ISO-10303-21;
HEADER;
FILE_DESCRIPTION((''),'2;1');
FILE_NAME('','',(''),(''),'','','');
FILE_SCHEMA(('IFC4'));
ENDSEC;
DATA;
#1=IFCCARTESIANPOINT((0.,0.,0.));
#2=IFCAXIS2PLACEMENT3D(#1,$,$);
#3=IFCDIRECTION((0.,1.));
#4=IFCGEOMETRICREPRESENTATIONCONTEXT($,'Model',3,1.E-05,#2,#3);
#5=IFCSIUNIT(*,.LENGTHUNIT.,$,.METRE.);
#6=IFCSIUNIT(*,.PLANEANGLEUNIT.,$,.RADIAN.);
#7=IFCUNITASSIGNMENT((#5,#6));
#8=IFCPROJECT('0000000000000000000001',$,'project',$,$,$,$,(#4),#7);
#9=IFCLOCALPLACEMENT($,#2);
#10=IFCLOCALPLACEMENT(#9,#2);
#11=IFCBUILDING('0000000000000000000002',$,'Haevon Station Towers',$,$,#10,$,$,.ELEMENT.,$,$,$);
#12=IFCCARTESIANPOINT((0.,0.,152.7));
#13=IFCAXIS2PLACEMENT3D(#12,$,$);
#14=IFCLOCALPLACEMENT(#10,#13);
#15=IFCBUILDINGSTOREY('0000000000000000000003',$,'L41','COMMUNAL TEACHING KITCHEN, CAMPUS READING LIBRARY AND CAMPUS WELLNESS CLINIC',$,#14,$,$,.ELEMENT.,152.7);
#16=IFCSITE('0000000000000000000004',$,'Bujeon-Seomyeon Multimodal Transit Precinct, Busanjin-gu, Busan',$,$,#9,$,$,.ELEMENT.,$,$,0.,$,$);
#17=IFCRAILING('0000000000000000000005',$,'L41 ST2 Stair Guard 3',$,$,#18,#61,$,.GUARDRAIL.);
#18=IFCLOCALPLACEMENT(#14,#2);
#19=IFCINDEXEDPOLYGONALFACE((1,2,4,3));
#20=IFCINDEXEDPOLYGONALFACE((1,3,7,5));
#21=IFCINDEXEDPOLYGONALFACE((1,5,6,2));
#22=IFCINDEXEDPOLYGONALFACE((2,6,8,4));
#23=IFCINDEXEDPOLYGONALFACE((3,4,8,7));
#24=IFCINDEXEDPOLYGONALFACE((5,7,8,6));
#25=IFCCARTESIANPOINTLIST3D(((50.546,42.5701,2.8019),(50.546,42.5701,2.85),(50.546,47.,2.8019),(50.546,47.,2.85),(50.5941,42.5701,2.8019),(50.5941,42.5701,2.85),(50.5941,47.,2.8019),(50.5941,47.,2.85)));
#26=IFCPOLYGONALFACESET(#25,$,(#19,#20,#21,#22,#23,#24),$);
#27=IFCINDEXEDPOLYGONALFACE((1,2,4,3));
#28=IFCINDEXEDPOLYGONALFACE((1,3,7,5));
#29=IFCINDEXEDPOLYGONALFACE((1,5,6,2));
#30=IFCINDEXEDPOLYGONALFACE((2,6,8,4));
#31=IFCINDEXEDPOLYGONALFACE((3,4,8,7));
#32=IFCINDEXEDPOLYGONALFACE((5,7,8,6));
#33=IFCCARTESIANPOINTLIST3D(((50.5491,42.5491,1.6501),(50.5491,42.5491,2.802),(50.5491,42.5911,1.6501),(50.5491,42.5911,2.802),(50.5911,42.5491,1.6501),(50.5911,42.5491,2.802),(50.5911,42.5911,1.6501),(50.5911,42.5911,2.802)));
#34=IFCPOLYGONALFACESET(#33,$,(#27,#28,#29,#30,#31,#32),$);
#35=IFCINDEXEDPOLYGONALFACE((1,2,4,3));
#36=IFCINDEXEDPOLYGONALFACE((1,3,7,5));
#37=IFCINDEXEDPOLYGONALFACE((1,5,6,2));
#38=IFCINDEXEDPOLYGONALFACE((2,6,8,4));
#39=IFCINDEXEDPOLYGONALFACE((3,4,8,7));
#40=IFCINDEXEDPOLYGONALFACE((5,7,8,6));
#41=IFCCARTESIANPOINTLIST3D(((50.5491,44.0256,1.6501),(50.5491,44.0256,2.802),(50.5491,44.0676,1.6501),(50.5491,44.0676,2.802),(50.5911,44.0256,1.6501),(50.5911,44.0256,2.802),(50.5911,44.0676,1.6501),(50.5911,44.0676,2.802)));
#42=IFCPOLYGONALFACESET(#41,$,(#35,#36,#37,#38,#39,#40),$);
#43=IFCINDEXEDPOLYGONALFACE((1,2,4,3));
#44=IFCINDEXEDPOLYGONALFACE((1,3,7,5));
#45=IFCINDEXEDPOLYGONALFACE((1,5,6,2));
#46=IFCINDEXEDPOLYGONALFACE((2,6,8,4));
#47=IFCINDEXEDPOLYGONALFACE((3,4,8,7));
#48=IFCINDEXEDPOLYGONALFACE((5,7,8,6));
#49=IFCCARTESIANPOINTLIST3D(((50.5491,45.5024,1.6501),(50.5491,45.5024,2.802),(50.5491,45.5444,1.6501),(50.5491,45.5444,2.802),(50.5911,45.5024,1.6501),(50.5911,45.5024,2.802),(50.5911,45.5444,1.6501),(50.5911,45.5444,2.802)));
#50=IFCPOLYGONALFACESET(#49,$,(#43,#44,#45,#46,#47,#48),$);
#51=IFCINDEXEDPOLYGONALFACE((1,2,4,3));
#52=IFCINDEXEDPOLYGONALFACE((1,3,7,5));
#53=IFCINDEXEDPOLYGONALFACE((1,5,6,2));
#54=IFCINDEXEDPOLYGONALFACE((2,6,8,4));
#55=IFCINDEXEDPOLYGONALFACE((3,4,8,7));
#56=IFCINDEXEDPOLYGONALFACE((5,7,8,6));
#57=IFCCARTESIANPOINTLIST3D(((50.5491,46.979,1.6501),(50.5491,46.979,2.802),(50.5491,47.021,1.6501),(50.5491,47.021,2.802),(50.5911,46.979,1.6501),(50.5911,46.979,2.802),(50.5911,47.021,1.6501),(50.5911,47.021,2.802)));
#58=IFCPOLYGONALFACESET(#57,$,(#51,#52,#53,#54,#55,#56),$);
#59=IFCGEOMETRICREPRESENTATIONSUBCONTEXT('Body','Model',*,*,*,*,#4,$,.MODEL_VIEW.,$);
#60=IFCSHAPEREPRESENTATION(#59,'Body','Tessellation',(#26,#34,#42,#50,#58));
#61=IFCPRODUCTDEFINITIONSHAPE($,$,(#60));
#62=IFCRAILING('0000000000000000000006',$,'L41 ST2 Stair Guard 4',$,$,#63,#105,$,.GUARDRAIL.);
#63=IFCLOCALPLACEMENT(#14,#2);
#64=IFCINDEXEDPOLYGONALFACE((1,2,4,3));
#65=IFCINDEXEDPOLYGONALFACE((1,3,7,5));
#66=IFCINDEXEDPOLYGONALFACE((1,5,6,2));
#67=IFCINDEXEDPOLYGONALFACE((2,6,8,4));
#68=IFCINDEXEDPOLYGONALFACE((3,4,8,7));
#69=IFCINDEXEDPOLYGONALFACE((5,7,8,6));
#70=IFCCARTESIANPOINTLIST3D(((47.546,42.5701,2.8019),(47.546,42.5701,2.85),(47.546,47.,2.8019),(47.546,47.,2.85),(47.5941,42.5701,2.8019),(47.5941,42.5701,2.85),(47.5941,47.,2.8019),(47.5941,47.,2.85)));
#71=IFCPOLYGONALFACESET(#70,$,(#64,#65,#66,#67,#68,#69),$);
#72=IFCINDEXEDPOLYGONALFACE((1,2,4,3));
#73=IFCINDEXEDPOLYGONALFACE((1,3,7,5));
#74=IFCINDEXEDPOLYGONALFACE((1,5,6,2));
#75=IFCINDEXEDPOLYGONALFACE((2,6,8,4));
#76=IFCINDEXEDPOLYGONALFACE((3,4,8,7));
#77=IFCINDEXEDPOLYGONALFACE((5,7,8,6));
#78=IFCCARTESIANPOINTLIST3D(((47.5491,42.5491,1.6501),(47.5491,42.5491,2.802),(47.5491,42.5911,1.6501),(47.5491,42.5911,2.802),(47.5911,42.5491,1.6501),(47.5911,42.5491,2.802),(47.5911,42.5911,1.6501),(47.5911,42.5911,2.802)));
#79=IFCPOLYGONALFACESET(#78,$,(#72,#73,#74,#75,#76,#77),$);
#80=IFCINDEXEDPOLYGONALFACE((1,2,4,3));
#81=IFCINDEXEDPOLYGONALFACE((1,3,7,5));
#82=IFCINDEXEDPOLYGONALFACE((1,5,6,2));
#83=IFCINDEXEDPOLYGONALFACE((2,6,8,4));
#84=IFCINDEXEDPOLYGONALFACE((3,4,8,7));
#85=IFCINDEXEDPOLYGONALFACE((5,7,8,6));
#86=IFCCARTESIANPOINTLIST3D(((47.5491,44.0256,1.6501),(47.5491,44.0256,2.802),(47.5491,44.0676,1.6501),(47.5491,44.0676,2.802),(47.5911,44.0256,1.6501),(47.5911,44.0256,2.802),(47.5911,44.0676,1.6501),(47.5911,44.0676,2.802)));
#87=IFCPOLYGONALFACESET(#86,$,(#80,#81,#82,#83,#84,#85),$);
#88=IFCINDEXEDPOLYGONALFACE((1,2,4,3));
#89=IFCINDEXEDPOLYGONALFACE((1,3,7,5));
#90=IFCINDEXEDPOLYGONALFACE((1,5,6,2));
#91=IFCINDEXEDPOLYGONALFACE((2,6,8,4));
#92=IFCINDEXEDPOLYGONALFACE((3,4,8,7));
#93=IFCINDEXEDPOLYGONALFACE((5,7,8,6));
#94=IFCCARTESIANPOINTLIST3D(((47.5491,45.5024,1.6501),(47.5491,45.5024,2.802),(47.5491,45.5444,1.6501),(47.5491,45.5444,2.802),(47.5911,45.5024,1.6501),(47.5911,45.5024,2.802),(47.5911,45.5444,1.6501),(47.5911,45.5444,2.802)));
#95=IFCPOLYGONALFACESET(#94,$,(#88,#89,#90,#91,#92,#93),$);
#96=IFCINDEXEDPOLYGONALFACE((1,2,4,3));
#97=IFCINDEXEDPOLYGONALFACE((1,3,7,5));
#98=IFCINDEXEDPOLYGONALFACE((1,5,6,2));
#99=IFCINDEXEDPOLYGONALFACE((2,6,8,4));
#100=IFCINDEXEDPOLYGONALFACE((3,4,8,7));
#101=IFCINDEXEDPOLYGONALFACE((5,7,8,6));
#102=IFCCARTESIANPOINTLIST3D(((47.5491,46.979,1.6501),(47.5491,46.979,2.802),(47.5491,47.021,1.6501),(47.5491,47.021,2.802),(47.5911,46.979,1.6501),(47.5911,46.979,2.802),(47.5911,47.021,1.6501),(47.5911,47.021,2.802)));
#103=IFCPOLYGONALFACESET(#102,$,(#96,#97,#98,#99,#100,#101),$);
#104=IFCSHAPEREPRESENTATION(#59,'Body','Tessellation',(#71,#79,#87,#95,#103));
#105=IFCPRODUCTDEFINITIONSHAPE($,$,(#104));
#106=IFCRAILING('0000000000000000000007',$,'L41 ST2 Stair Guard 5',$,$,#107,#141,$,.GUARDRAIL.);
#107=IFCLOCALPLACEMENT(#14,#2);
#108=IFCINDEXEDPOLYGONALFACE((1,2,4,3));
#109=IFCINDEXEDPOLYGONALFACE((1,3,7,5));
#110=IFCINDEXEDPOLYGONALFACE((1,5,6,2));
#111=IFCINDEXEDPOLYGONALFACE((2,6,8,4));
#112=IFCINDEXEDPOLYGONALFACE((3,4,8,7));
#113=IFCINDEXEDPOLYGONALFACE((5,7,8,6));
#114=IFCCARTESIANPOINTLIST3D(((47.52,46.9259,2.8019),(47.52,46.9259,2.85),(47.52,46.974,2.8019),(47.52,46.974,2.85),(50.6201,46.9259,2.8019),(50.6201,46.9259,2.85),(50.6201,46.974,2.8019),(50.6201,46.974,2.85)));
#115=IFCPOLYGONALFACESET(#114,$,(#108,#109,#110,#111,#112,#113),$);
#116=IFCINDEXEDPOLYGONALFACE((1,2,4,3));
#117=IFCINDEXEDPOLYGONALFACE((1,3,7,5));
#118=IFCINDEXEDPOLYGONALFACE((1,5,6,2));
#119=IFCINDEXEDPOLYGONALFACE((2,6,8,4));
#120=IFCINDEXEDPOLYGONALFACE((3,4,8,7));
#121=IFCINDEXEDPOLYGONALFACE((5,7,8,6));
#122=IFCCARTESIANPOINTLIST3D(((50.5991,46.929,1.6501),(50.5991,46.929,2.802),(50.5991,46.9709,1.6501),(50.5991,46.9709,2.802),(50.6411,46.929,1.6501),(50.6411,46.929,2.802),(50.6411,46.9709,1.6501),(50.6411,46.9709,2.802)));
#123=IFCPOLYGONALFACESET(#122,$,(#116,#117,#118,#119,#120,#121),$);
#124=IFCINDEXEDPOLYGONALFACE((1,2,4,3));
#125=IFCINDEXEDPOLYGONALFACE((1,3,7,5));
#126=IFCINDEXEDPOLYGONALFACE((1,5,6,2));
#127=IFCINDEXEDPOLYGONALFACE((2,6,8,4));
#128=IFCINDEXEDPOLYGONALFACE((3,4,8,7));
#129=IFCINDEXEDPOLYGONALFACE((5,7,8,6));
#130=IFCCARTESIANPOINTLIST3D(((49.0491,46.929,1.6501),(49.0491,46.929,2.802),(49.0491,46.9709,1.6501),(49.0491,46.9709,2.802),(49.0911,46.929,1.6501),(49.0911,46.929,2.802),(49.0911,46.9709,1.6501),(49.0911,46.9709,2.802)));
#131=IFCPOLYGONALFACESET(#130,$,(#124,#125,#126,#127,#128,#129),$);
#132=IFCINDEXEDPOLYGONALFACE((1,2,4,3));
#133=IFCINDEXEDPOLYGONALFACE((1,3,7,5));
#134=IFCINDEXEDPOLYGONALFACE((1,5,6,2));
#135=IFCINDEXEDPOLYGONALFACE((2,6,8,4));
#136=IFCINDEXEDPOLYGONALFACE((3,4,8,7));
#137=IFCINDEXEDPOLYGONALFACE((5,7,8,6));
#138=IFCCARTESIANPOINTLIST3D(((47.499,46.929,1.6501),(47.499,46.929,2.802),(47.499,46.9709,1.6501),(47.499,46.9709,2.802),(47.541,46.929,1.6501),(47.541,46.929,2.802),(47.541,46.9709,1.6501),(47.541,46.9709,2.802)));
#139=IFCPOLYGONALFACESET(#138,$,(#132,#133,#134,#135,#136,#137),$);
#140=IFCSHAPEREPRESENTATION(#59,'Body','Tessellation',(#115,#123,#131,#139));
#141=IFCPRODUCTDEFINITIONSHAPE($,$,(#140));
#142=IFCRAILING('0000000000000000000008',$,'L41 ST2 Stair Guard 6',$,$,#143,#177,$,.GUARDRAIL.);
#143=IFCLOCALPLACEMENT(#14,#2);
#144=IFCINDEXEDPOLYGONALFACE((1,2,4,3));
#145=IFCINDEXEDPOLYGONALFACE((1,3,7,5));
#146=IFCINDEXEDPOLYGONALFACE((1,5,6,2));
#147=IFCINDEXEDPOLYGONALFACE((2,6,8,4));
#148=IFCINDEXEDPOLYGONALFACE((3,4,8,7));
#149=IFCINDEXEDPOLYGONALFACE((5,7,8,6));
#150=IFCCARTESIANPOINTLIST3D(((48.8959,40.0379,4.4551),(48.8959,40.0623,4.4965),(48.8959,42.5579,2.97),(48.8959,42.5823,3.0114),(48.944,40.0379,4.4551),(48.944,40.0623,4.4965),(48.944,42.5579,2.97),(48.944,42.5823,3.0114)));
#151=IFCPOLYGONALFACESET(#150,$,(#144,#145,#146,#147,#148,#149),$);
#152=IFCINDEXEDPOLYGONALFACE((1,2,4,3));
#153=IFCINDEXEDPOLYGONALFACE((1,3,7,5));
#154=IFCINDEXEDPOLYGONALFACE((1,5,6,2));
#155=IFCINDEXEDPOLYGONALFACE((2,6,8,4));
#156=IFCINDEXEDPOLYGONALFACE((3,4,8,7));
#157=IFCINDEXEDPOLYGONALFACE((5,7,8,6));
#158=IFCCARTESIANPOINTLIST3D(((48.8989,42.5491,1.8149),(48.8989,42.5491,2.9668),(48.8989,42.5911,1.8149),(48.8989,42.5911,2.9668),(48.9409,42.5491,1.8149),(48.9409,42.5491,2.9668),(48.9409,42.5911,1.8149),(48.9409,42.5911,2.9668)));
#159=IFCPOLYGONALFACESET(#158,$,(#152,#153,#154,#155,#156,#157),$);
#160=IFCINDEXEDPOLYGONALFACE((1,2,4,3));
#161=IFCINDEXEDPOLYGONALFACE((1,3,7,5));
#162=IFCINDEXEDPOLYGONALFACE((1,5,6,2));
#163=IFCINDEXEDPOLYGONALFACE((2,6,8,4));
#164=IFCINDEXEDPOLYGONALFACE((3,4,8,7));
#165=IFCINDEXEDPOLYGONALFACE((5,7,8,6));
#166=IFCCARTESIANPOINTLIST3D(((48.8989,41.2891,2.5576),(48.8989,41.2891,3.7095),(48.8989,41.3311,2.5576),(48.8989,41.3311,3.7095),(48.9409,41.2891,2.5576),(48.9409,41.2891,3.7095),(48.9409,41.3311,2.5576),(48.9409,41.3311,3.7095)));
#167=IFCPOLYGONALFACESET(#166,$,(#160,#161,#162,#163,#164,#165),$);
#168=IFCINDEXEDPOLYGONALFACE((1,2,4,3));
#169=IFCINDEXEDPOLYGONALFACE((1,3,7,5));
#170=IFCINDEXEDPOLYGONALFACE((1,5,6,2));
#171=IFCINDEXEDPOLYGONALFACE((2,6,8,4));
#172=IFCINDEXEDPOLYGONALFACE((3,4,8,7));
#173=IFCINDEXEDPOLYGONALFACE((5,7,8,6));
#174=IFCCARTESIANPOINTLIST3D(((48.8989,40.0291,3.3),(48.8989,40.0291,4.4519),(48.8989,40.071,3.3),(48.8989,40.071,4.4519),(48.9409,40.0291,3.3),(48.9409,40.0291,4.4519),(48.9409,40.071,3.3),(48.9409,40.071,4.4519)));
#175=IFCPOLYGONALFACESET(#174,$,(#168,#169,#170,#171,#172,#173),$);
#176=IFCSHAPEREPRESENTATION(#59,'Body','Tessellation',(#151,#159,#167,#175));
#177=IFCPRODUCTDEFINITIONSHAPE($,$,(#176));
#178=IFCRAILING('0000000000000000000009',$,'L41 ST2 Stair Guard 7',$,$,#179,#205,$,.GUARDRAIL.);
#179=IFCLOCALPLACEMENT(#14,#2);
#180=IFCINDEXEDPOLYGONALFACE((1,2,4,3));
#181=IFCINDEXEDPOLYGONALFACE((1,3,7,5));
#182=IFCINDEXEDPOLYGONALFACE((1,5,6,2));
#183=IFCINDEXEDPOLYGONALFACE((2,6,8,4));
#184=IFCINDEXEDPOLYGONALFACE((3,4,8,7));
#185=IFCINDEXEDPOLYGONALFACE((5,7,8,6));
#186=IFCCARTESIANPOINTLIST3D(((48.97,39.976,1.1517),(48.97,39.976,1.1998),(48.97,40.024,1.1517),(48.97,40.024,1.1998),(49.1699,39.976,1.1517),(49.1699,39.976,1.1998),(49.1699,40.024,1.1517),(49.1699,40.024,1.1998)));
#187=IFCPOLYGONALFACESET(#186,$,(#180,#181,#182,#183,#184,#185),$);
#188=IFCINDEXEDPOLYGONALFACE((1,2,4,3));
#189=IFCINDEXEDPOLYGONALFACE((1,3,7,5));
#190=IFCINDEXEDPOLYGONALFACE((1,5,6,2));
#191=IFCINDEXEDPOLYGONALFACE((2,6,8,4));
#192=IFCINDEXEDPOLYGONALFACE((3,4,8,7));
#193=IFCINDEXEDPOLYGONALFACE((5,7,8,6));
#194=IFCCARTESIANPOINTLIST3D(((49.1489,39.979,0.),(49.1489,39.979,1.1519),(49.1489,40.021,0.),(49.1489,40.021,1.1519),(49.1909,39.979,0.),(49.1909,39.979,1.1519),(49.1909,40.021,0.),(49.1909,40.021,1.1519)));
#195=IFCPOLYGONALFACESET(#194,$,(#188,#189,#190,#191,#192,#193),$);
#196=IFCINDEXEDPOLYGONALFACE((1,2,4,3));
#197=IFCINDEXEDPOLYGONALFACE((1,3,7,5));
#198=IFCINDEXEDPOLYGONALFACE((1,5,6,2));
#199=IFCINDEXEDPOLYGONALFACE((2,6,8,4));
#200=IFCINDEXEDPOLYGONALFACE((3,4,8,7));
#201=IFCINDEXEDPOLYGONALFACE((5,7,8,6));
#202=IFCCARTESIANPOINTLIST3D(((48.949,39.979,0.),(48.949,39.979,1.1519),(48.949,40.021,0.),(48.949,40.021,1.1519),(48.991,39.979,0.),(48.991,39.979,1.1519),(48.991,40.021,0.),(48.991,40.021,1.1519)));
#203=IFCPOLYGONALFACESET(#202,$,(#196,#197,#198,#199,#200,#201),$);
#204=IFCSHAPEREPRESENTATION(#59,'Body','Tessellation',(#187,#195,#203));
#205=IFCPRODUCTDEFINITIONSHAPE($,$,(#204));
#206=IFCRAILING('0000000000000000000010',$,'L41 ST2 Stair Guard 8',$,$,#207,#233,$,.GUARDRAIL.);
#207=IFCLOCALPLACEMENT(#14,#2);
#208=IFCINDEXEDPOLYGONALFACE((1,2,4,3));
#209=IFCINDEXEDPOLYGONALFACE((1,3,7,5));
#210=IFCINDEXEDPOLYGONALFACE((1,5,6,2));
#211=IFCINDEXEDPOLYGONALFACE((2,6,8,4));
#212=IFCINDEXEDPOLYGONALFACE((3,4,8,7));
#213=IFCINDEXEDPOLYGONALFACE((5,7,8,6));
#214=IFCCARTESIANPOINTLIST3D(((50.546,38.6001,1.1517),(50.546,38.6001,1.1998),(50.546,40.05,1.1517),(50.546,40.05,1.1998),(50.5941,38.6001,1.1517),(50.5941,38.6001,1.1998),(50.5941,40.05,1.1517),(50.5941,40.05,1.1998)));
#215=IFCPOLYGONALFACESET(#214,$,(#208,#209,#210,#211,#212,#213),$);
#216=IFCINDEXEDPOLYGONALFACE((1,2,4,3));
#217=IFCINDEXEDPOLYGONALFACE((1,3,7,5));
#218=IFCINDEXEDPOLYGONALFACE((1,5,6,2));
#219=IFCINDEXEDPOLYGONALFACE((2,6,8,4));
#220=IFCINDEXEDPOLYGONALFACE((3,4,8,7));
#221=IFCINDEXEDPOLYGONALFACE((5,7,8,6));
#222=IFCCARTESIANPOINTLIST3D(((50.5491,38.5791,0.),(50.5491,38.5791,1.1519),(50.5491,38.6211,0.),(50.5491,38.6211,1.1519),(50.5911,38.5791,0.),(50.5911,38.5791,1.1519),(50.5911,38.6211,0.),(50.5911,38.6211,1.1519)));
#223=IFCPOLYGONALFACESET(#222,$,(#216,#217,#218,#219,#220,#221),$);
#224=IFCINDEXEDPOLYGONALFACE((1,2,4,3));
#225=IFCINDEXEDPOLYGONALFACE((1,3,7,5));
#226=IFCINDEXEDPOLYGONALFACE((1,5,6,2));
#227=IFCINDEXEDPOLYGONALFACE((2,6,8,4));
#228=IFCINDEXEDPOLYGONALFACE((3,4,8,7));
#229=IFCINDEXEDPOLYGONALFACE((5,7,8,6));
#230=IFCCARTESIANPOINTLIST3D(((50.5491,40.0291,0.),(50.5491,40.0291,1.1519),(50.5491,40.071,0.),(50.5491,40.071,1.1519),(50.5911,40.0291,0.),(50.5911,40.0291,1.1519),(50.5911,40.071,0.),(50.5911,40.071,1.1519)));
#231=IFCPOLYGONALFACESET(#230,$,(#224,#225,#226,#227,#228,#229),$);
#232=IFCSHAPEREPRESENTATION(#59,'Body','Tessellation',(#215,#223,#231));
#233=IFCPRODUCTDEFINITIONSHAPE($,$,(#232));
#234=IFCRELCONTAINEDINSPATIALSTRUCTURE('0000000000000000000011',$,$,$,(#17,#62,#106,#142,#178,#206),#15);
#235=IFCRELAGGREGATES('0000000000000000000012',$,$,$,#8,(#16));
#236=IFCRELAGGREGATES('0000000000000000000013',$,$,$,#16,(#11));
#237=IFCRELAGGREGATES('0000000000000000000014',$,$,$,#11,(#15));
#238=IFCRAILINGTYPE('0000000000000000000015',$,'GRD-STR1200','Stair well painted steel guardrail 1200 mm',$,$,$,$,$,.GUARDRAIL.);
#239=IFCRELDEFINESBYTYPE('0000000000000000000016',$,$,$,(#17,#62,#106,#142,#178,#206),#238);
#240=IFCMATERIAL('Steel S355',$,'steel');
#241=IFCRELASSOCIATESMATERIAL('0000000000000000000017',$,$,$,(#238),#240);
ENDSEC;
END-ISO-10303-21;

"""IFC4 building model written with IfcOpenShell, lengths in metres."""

from ifc_helpers import new_model, si_unit, direction, frame, origin, origin_2d, place, context, subcontext, project, spatial, rectangle, extrude, material, type_object, element, save


model = new_model("IFC4")

# Units and contexts
model_context = context("Model", 3, precision=1e-05, world=origin(), true_north=direction((0.0, 1.0)))
body_context = subcontext(model_context, "Body", "Model", "MODEL_VIEW")
ifc_project = project(units=[si_unit("LENGTHUNIT", "METRE"), si_unit("PLANEANGLEUNIT", "RADIAN")], contexts=[model_context])

# Site, building, storey
site_placement = place(None, origin())
site = spatial("IfcSite", under=ifc_project, at=site_placement, Name="Bujeon-Seomyeon Multimodal Transit Precinct, Busanjin-gu, Busan", CompositionType="ELEMENT", RefElevation=0.0)
building_placement = place(site_placement, origin())
building = spatial("IfcBuilding", under=site, at=building_placement, Name="Haevon Station Towers", CompositionType="ELEMENT")
storey_placement = place(building_placement, frame((0.0, 0.0, 152.7)))
storey = spatial("IfcBuildingStorey", under=building, at=storey_placement, Name="L41", Description="COMMUNAL TEACHING KITCHEN, CAMPUS READING LIBRARY AND CAMPUS WELLNESS CLINIC", CompositionType="ELEMENT", Elevation=152.7)

# Shared definitions
ifc_material_1 = material(Name="Steel S355", Category="steel")

# Railings
railing_type_1 = type_object("IfcRailingType", Name="GRD-STR1200", Description="Stair well painted steel guardrail 1200 mm", PredefinedType="GUARDRAIL", material=ifc_material_1)
for number, where, name in (
    (1, (50.5701, 42.5701, 1.6501), "L41 ST2 Stair Guard 3"),
    (2, (47.5701, 42.5701, 1.6501), "L41 ST2 Stair Guard 4"),
):
    element("IfcRailing", number, at=place(storey_placement, frame(where)), inside=storey, type_object=railing_type_1, Name=name, PredefinedType="GUARDRAIL", context=body_context, shape_type="SweptSolid", body=[
        extrude(rectangle(XDim=0.0481, YDim=0.0481, at=origin_2d()), frame((0.0, 0.0, 1.1758), z_axis=(0.0, 1.0, 0.0), x_axis=(-1.0, 0.0, 0.0)), (0.0, 0.0, 1.0), 4.4299),
        extrude(rectangle(XDim=0.042, YDim=0.042, at=origin_2d()), origin(), (0.0, 0.0, 1.0), 1.1519),
        extrude(rectangle(XDim=0.042, YDim=0.042, at=origin_2d()), frame((0.0, 1.4766, 0.0)), (0.0, 0.0, 1.0), 1.1519),
        extrude(rectangle(XDim=0.042, YDim=0.042, at=origin_2d()), frame((0.0, 2.9534, 0.0)), (0.0, 0.0, 1.0), 1.1519),
        extrude(rectangle(XDim=0.042, YDim=0.042, at=origin_2d()), frame((0.0, 4.4299, 0.0)), (0.0, 0.0, 1.0), 1.1519),
    ])
railing_1_placement = place(storey_placement, frame((50.6201, 46.95, 1.6501)))
element("IfcRailing", 3, at=railing_1_placement, inside=storey, type_object=railing_type_1, Name="L41 ST2 Stair Guard 5", PredefinedType="GUARDRAIL", context=body_context, shape_type="SweptSolid", body=[
    extrude(rectangle(XDim=0.0481, YDim=0.0481, at=origin_2d()), frame((0.0, 0.0, 1.1758), z_axis=(-1.0, 0.0, 0.0), x_axis=(0.0, -1.0, 0.0)), (0.0, 0.0, 1.0), 3.1001),
    extrude(rectangle(XDim=0.042, YDim=0.042, at=origin_2d()), origin(), (0.0, 0.0, 1.0), 1.1519),
    extrude(rectangle(XDim=0.042, YDim=0.042, at=origin_2d()), frame((-1.55, 0.0, 0.0)), (0.0, 0.0, 1.0), 1.1519),
    extrude(rectangle(XDim=0.042, YDim=0.042, at=origin_2d()), frame((-3.1001, 0.0, 0.0)), (0.0, 0.0, 1.0), 1.1519),
])
railing_2_placement = place(storey_placement, frame((48.9199, 42.5701, 1.8149)))
element("IfcRailing", 4, at=railing_2_placement, inside=storey, type_object=railing_type_1, Name="L41 ST2 Stair Guard 6", PredefinedType="GUARDRAIL", context=body_context, shape_type="SweptSolid", body=[
    extrude(rectangle(XDim=0.0481, YDim=0.0481, at=origin_2d()), frame((0.0, 0.0, 1.1758), z_axis=(0.0, -0.861524, 0.507717), x_axis=(1.0, 0.0, 0.0)), (0.0, 0.0, 1.0), 2.925),
    extrude(rectangle(XDim=0.042, YDim=0.042, at=origin_2d()), origin(), (0.0, 0.0, 1.0), 1.1519),
    extrude(rectangle(XDim=0.042, YDim=0.042, at=origin_2d()), frame((0.0, -1.26, 0.7427)), (0.0, 0.0, 1.0), 1.1519),
    extrude(rectangle(XDim=0.042, YDim=0.042, at=origin_2d()), frame((0.0, -2.52, 1.4851)), (0.0, 0.0, 1.0), 1.1519),
])
railing_3_placement = place(storey_placement, frame((49.1699, 40.0, 0.0)))
element("IfcRailing", 5, at=railing_3_placement, inside=storey, type_object=railing_type_1, Name="L41 ST2 Stair Guard 7", PredefinedType="GUARDRAIL", context=body_context, shape_type="SweptSolid", body=[
    extrude(rectangle(XDim=0.0481, YDim=0.0481, at=origin_2d()), frame((0.0, 0.0, 1.1758), z_axis=(-1.0, 0.0, 0.0), x_axis=(0.0, -1.0, 0.0)), (0.0, 0.0, 1.0), 0.2),
    extrude(rectangle(XDim=0.042, YDim=0.042, at=origin_2d()), origin(), (0.0, 0.0, 1.0), 1.1519),
    extrude(rectangle(XDim=0.042, YDim=0.042, at=origin_2d()), frame((-0.2, 0.0, 0.0)), (0.0, 0.0, 1.0), 1.1519),
])
for number, where, name in (
    (6, (50.5701, 38.6001, 0.0), "L41 ST2 Stair Guard 8"),
):
    element("IfcRailing", number, at=place(storey_placement, frame(where)), inside=storey, type_object=railing_type_1, Name=name, PredefinedType="GUARDRAIL", context=body_context, shape_type="SweptSolid", body=[
        extrude(rectangle(XDim=0.0481, YDim=0.0481, at=origin_2d()), frame((0.0, 0.0, 1.1758), z_axis=(0.0, 1.0, 0.0), x_axis=(-1.0, 0.0, 0.0)), (0.0, 0.0, 1.0), 1.45),
        extrude(rectangle(XDim=0.042, YDim=0.042, at=origin_2d()), origin(), (0.0, 0.0, 1.0), 1.1519),
        extrude(rectangle(XDim=0.042, YDim=0.042, at=origin_2d()), frame((0.0, 1.45, 0.0)), (0.0, 0.0, 1.0), 1.1519),
    ])

save(model, "model.ifc")
